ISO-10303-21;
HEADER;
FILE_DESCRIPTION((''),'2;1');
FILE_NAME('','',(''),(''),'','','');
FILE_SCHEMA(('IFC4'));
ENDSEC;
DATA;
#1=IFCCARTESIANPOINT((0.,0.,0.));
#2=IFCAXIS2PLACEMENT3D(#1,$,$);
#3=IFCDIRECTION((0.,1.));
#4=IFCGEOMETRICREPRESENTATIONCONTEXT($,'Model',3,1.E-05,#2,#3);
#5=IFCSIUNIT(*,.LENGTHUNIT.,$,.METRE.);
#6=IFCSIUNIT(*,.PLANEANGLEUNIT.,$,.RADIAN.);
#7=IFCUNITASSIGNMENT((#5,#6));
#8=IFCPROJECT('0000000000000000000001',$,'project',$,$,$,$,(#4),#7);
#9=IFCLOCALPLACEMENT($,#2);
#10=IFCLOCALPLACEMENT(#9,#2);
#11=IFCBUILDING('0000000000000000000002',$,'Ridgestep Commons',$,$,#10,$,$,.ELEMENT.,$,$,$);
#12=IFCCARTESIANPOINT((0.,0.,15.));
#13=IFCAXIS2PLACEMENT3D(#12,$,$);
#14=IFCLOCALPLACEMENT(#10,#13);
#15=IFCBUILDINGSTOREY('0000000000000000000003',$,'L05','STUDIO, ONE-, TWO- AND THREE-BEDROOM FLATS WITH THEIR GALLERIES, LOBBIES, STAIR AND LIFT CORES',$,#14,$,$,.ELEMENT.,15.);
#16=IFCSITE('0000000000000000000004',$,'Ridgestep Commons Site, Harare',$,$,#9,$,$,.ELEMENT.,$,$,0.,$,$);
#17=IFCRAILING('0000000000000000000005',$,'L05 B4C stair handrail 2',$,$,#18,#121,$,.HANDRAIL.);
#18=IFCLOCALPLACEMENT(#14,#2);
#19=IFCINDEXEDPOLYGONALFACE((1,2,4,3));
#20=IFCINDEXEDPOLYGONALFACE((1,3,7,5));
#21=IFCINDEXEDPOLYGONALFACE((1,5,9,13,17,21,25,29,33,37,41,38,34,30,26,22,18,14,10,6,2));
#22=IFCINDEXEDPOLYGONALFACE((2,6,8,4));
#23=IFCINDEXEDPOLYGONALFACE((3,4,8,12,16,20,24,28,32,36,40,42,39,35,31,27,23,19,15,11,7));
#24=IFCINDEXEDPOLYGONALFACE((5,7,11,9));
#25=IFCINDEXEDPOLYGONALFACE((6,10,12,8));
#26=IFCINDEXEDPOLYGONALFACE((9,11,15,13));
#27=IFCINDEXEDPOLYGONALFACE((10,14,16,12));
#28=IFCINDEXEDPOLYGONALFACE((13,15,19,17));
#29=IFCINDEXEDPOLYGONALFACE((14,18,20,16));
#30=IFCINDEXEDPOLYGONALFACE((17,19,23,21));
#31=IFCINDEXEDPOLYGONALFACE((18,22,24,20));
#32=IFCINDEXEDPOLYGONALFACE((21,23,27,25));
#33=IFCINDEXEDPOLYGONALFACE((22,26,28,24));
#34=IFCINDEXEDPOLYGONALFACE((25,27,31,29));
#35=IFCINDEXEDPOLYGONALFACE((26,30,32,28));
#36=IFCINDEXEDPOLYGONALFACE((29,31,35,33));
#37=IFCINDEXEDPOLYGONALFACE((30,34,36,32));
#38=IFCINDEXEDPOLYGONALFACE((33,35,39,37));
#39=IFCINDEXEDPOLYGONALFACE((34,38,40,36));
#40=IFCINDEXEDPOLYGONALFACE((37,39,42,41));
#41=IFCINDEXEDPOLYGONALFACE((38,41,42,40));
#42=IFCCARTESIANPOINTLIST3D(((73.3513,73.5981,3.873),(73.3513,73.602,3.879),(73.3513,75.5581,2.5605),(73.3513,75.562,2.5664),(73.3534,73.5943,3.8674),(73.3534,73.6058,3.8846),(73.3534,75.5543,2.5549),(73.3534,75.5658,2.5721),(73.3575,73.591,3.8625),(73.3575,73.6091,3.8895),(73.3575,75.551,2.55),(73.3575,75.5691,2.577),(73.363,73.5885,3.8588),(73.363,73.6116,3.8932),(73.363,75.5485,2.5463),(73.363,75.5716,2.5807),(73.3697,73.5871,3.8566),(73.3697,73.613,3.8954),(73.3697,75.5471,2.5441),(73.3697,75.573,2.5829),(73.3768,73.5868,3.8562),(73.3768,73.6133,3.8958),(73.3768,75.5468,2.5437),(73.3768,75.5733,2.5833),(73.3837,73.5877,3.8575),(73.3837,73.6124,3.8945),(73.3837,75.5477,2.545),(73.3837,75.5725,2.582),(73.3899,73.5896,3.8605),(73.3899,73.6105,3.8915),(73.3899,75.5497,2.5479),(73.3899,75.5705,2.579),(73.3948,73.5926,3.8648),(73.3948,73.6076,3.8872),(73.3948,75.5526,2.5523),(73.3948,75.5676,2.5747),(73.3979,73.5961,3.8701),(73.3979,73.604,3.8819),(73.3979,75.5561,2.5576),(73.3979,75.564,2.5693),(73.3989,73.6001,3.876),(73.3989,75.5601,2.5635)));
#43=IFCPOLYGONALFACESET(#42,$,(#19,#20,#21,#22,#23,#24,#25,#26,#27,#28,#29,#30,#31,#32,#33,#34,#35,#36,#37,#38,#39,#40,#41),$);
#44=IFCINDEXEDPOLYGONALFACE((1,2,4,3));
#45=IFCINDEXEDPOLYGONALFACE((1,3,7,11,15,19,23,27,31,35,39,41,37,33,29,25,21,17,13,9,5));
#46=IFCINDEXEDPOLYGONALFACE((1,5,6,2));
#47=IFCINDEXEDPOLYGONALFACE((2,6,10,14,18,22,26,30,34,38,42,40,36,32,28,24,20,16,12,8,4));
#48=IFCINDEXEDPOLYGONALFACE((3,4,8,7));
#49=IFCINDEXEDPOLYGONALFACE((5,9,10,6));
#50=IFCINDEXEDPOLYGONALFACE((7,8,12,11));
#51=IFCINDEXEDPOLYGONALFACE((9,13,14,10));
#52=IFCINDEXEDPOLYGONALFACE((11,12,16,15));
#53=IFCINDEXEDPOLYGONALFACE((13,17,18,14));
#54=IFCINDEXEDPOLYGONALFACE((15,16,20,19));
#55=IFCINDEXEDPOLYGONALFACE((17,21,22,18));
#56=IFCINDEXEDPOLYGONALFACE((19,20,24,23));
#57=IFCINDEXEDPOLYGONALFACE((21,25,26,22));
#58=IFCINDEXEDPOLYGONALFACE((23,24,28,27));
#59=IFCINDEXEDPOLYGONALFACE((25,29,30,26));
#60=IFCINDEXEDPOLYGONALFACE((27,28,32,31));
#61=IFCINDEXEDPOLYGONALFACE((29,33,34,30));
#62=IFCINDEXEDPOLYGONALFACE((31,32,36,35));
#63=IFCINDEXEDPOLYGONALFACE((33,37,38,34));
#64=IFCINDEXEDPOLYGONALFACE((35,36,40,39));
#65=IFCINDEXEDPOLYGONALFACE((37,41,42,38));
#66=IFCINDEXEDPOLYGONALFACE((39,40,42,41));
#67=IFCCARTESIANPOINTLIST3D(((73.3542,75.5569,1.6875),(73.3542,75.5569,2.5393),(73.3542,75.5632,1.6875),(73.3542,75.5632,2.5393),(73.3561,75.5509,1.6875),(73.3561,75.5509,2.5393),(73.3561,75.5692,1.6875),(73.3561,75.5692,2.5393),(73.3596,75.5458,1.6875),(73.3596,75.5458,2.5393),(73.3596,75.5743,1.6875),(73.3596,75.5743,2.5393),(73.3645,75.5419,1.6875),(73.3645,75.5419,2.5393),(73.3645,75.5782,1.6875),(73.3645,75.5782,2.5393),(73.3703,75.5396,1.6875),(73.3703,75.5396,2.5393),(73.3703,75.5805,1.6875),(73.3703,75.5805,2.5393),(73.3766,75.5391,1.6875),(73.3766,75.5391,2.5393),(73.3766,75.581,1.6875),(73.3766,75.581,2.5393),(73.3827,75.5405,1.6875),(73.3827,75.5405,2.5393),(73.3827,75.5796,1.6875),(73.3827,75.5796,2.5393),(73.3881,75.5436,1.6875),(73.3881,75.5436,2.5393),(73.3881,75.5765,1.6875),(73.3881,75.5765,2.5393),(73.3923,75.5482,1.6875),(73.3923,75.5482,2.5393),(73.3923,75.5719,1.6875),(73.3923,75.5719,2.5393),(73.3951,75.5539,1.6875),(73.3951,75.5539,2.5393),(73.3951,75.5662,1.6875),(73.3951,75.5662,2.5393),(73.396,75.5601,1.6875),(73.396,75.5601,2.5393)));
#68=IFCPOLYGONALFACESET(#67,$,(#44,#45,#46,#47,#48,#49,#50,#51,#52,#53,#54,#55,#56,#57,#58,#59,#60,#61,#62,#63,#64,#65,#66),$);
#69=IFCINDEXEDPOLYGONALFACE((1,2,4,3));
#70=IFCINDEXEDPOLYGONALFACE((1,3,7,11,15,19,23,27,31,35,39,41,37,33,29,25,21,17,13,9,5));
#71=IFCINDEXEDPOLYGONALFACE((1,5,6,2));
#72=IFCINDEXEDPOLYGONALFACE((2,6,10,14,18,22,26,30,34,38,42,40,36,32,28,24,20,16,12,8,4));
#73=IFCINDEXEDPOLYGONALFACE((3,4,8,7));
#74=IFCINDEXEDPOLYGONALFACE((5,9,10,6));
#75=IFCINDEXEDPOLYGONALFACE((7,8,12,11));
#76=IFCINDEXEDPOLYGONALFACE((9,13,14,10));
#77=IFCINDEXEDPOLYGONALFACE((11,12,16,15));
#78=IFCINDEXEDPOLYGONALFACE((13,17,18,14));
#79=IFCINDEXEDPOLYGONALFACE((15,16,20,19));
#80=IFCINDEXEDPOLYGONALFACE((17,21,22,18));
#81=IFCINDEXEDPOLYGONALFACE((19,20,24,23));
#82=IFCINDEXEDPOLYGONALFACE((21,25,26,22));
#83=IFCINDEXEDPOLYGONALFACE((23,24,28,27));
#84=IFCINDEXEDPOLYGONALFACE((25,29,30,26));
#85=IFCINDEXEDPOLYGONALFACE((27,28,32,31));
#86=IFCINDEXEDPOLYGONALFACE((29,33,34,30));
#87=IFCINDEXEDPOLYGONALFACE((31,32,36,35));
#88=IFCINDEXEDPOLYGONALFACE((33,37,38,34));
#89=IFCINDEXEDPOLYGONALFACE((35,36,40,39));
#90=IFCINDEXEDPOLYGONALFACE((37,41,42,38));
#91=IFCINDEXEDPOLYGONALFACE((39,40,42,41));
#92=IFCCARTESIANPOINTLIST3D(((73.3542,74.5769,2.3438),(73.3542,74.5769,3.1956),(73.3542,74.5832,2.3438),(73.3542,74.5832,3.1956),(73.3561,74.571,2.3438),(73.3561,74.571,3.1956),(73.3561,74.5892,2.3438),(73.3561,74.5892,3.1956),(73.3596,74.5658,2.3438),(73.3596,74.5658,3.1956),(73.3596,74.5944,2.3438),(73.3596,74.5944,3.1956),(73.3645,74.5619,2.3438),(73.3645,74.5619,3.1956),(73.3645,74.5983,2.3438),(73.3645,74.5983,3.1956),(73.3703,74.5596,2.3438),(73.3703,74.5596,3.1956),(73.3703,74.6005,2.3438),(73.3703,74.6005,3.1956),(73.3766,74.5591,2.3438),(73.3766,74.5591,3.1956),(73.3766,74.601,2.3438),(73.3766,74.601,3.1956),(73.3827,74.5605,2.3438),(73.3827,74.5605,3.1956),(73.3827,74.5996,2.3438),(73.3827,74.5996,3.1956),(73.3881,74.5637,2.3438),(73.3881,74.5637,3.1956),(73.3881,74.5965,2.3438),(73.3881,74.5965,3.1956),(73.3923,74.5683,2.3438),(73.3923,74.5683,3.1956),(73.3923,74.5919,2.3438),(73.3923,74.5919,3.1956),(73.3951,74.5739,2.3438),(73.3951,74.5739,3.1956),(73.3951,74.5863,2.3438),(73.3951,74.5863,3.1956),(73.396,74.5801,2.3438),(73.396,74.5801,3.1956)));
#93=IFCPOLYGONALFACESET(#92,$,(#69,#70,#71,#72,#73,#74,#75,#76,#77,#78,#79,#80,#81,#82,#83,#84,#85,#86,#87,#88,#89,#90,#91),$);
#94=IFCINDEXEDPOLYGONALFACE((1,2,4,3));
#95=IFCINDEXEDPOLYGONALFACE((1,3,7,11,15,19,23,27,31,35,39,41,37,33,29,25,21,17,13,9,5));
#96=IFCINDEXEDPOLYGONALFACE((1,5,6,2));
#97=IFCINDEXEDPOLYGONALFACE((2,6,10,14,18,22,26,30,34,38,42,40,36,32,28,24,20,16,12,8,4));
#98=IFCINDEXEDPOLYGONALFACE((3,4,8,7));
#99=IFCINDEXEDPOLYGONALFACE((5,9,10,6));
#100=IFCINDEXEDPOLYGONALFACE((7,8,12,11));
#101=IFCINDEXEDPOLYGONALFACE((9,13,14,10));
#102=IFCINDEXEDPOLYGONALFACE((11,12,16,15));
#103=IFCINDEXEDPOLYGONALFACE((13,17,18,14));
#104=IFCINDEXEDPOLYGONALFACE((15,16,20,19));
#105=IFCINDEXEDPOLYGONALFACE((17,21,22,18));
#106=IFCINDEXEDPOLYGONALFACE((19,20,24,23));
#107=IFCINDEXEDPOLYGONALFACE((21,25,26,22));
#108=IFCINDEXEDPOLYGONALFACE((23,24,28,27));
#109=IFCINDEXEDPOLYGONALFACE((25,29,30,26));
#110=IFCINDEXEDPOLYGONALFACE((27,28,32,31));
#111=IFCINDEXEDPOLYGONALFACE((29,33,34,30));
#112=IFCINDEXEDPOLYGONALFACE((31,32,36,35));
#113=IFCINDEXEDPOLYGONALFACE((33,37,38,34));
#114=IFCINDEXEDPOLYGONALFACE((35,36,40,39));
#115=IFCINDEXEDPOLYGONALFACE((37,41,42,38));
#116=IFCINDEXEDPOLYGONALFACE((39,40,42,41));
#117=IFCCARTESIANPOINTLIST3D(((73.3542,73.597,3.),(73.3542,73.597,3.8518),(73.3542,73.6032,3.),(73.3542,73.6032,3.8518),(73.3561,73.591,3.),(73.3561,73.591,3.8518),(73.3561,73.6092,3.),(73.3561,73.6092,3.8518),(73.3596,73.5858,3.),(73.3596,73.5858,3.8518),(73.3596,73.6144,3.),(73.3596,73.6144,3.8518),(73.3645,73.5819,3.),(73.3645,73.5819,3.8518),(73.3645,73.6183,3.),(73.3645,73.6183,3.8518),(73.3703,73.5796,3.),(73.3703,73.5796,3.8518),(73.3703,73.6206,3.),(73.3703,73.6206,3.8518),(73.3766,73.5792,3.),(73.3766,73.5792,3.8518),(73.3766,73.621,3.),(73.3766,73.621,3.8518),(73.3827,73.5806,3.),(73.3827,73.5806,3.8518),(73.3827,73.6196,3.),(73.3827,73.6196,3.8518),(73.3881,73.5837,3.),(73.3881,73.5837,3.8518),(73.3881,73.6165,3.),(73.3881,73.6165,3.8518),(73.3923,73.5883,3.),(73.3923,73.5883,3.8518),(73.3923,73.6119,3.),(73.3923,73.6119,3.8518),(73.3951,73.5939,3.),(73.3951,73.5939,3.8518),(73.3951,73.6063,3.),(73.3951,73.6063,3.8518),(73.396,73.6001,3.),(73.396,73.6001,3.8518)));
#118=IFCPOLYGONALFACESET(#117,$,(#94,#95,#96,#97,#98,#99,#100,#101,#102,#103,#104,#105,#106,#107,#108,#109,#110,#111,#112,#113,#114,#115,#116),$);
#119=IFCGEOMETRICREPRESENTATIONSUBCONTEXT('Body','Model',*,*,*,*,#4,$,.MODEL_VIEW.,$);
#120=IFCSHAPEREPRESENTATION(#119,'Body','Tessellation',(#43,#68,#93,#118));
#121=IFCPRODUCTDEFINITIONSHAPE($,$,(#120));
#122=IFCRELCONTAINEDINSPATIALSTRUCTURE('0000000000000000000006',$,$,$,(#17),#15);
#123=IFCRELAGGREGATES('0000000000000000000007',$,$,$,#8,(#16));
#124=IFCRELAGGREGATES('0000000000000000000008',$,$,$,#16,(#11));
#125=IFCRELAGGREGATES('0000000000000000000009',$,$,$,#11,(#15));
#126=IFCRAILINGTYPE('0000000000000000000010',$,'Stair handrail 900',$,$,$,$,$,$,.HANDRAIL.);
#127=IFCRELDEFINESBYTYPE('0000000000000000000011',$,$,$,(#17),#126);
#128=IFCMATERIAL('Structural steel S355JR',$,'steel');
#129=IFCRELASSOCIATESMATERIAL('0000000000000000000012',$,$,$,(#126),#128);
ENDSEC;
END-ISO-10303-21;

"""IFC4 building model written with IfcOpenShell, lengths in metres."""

from ifc_helpers import new_model, si_unit, direction, frame, origin, origin_2d, place, context, subcontext, project, spatial, circle, extrude, material, type_object, element, save


model = new_model("IFC4")

# Units and contexts
model_context = context("Model", 3, precision=1e-05, world=origin(), true_north=direction((0.0, 1.0)))
body_context = subcontext(model_context, "Body", "Model", "MODEL_VIEW")
ifc_project = project(units=[si_unit("LENGTHUNIT", "METRE"), si_unit("PLANEANGLEUNIT", "RADIAN")], contexts=[model_context])

# Site, building, storey
site_placement = place(None, origin())
site = spatial("IfcSite", under=ifc_project, at=site_placement, Name="Ridgestep Commons Site, Harare", CompositionType="ELEMENT", RefElevation=0.0)
building_placement = place(site_placement, origin())
building = spatial("IfcBuilding", under=site, at=building_placement, Name="Ridgestep Commons", CompositionType="ELEMENT")
storey_placement = place(building_placement, frame((0.0, 0.0, 15.0)))
storey = spatial("IfcBuildingStorey", under=building, at=storey_placement, Name="L05", Description="STUDIO, ONE-, TWO- AND THREE-BEDROOM FLATS WITH THEIR GALLERIES, LOBBIES, STAIR AND LIFT CORES", CompositionType="ELEMENT", Elevation=15.0)

# Railing
ifc_material_1 = material(Name="Structural steel S355JR", Category="steel")
railing_type_1 = type_object("IfcRailingType", Name="Stair handrail 900", PredefinedType="HANDRAIL", material=ifc_material_1)
railing_1_placement = place(storey_placement, frame((73.375, 75.5601, 1.6875)))
element("IfcRailing", 1, at=railing_1_placement, inside=storey, type_object=railing_type_1, Name="L05 B4C stair handrail 2", PredefinedType="HANDRAIL", context=body_context, shape_type="SweptSolid", body=[
    extrude(circle(Radius=0.0239, at=origin_2d()), frame((0.0, 0.0, 0.876), z_axis=(0.0, -0.830902, 0.556419), x_axis=(1.0, 0.0, 0.0)), (0.0, 0.0, 1.0), 2.3589),
    extrude(circle(Radius=0.021, at=origin_2d()), origin(), (0.0, 0.0, 1.0), 0.8518),
    extrude(circle(Radius=0.021, at=origin_2d()), frame((0.0, -0.98, 0.6562)), (0.0, 0.0, 1.0), 0.8518),
    extrude(circle(Radius=0.021, at=origin_2d()), frame((0.0, -1.96, 1.3125)), (0.0, 0.0, 1.0), 0.8518),
])

save(model, "model.ifc")
